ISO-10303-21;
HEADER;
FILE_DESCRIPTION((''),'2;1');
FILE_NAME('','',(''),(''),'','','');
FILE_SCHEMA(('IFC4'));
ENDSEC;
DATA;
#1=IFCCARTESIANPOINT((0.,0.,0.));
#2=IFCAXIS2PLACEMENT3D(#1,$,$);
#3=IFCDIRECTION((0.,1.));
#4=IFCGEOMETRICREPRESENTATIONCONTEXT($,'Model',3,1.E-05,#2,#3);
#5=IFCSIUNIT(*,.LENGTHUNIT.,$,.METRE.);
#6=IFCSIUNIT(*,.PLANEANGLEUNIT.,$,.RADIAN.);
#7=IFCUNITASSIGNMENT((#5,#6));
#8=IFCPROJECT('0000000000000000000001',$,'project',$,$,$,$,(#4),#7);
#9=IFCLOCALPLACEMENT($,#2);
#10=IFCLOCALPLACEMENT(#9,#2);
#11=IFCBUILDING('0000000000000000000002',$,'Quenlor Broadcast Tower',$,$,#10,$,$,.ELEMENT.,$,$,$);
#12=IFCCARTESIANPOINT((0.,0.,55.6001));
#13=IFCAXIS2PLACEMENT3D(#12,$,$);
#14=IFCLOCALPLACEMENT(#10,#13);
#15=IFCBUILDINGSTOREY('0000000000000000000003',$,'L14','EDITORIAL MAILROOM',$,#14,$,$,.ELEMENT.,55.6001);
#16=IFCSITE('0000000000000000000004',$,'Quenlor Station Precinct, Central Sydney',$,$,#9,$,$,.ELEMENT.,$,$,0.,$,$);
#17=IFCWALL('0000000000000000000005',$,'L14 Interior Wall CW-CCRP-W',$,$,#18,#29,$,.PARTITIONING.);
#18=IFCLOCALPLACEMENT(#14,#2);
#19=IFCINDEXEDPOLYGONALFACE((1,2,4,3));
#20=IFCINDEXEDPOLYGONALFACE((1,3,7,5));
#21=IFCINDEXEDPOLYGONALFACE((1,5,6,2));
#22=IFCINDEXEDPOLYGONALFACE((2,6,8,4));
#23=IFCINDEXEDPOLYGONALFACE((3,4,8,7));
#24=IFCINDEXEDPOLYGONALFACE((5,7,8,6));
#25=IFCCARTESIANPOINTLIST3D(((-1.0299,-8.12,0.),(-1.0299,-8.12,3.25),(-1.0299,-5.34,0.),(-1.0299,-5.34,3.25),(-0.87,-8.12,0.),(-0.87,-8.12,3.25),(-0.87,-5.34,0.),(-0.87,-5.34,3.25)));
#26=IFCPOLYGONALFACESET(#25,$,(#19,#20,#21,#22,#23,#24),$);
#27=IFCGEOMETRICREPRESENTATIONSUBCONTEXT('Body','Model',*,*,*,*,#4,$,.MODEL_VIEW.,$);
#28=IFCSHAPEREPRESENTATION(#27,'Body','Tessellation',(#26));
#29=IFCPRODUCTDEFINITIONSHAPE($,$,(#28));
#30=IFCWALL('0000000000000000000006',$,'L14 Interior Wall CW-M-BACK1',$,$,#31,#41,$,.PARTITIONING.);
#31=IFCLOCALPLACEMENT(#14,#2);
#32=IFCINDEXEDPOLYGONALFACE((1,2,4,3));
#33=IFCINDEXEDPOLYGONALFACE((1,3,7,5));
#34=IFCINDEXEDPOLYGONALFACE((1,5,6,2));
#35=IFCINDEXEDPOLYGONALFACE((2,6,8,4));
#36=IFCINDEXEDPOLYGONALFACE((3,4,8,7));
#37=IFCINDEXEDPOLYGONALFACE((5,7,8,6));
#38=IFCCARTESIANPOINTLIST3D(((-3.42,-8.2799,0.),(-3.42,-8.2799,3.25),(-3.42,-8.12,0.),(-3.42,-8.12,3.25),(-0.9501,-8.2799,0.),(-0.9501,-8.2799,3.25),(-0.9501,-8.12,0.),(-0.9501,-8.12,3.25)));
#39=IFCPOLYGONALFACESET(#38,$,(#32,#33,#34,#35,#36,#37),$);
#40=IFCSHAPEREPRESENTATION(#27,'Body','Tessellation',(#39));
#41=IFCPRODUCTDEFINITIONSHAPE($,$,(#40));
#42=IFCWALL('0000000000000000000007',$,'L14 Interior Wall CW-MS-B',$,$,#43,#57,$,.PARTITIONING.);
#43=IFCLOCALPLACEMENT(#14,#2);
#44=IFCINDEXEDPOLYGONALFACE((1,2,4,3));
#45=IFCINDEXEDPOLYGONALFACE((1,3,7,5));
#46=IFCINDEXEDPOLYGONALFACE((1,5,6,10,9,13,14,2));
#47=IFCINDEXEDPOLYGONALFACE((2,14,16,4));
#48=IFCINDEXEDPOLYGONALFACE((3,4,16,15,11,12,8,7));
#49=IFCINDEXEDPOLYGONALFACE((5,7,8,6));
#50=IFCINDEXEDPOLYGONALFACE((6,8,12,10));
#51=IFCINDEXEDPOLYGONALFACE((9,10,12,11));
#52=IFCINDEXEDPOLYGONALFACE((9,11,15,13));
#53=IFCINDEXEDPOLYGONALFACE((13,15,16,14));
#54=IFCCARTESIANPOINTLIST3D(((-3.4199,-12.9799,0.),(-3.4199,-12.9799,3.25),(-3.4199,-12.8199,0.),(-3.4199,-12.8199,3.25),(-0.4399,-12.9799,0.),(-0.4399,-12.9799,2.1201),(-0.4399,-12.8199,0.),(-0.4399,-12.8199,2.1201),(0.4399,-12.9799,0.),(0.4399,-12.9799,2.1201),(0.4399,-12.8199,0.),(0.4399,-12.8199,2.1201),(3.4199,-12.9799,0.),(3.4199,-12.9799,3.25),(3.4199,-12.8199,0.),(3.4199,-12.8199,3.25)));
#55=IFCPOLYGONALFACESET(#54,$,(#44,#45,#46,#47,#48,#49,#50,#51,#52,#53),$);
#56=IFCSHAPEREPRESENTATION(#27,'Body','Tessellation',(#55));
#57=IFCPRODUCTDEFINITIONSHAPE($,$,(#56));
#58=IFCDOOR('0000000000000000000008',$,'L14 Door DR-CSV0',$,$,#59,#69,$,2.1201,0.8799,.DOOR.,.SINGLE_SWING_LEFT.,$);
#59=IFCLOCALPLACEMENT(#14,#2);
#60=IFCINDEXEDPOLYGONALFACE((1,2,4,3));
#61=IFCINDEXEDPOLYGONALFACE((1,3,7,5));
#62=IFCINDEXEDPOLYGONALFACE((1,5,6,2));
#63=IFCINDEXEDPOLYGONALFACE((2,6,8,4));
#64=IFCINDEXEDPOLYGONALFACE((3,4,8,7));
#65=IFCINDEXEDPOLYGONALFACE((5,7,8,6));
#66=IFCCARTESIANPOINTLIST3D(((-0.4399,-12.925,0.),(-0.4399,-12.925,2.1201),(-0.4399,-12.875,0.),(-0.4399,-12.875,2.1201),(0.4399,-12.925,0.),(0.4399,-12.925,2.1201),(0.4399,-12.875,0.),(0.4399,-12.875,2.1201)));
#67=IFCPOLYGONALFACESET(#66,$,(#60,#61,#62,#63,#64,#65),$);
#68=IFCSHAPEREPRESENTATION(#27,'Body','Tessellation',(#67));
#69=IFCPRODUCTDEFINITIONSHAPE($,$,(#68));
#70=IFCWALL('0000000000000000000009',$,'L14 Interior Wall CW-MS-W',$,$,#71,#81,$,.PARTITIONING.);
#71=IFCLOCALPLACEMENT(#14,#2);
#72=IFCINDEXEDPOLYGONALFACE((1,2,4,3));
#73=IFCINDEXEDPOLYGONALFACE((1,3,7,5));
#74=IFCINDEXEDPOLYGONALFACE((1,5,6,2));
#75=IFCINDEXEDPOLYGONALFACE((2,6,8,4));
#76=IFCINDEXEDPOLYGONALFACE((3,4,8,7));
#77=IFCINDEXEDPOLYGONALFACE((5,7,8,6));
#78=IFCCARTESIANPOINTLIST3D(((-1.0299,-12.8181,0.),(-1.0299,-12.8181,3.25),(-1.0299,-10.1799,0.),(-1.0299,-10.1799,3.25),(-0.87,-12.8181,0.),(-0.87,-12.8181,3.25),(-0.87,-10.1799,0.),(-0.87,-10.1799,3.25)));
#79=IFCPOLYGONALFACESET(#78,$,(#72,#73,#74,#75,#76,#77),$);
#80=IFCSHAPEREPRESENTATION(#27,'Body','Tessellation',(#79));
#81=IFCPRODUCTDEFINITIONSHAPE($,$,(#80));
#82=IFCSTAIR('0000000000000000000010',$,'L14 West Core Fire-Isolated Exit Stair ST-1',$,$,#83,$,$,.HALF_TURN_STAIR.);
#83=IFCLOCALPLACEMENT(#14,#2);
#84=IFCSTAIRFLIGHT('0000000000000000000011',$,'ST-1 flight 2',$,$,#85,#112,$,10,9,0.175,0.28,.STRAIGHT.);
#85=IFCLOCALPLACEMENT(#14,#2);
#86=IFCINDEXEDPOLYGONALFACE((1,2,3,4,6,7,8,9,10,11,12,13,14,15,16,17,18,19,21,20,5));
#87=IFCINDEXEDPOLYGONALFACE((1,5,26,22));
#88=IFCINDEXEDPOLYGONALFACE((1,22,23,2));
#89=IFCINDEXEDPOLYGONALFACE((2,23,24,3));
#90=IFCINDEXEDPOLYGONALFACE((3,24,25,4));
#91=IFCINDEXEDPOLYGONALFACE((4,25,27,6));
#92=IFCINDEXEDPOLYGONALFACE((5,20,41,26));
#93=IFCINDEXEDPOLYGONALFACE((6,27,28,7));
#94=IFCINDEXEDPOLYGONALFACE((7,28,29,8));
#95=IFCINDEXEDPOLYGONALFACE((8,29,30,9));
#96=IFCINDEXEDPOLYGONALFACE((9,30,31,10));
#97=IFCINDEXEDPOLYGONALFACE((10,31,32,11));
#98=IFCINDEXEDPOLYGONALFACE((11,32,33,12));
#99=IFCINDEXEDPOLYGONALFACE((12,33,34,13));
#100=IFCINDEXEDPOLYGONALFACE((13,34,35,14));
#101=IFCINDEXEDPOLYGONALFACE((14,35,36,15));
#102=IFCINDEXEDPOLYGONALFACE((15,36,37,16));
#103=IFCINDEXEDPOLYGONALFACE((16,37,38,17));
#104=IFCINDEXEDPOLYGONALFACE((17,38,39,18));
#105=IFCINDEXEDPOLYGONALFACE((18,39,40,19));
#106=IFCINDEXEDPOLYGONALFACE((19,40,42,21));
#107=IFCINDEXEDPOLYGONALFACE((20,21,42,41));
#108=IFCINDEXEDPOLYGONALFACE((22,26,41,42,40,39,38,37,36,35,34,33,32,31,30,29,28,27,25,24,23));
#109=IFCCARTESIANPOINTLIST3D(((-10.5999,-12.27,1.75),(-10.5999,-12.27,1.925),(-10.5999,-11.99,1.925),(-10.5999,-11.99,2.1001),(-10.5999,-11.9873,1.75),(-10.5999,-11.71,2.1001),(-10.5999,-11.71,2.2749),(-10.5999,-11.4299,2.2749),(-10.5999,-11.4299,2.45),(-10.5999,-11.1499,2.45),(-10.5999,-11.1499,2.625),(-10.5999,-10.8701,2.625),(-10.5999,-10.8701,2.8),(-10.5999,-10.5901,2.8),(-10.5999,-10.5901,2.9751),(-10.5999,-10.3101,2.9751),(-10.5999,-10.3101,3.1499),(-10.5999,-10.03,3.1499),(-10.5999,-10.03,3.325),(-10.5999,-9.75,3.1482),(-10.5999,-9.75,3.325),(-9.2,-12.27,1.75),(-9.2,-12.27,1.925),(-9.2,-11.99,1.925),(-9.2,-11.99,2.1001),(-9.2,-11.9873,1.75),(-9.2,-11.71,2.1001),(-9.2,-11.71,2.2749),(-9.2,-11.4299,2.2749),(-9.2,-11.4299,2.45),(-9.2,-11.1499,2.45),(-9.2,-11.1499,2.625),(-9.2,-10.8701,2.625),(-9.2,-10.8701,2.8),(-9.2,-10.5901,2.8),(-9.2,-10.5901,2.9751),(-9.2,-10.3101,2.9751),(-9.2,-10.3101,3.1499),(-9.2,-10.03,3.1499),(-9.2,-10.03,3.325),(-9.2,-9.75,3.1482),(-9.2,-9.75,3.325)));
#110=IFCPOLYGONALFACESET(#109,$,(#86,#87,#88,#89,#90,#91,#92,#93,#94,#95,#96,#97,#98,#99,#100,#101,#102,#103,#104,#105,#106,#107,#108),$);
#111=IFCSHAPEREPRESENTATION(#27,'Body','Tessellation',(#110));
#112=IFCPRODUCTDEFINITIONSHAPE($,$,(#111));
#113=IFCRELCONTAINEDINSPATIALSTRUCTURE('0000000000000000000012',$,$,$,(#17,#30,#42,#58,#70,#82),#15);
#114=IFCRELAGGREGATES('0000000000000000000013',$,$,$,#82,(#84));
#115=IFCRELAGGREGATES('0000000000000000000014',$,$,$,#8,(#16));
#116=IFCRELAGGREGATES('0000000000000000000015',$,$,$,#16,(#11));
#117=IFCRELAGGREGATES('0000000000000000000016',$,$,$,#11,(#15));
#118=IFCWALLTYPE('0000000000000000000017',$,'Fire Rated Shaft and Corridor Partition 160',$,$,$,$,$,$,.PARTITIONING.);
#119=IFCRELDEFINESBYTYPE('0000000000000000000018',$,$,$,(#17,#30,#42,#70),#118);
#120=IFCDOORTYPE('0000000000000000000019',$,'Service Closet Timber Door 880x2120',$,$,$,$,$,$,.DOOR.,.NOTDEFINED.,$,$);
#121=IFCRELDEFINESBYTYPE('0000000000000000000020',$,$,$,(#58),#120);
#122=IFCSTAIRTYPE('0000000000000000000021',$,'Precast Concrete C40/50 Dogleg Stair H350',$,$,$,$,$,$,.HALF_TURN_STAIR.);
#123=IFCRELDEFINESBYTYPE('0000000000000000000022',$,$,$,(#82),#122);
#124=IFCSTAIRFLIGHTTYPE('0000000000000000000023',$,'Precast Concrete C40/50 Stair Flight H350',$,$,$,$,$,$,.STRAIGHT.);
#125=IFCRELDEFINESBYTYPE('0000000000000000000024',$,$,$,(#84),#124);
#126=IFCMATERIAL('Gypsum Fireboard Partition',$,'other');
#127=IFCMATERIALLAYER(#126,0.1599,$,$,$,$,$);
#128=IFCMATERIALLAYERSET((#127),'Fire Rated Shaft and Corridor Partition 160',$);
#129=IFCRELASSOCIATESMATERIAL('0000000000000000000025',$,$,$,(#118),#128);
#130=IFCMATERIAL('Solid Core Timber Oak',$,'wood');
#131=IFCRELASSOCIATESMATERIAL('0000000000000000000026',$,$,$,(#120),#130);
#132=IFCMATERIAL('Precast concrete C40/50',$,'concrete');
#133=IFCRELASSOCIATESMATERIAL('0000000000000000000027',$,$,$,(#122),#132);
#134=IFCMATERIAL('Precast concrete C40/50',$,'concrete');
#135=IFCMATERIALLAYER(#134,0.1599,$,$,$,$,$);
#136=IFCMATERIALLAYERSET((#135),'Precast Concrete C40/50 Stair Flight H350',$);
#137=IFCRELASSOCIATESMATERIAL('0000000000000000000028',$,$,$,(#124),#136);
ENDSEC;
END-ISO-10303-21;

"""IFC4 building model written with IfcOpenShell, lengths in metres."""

from ifc_helpers import new_model, si_unit, direction, frame, frame_2d, origin, place, context, subcontext, project, spatial, polyline, rectangle, outline, extrude, material, layer, layer_set, type_object, element, fill, aggregate, save


model = new_model("IFC4")

# Units and contexts
model_context = context("Model", 3, precision=1e-05, world=origin(), true_north=direction((0.0, 1.0)))
body_context = subcontext(model_context, "Body", "Model", "MODEL_VIEW")
ifc_project = project(units=[si_unit("LENGTHUNIT", "METRE"), si_unit("PLANEANGLEUNIT", "RADIAN")], contexts=[model_context])

# Site, building, storey
site_placement = place(None, origin())
site = spatial("IfcSite", under=ifc_project, at=site_placement, Name="Quenlor Station Precinct, Central Sydney", CompositionType="ELEMENT", RefElevation=0.0)
building_placement = place(site_placement, origin())
building = spatial("IfcBuilding", under=site, at=building_placement, Name="Quenlor Broadcast Tower", CompositionType="ELEMENT")
storey_placement = place(building_placement, frame((0.0, 0.0, 55.6001)))
storey = spatial("IfcBuildingStorey", under=building, at=storey_placement, Name="L14", Description="EDITORIAL MAILROOM", CompositionType="ELEMENT", Elevation=55.6001)

# Walls
ifc_material_1 = material(Name="Gypsum Fireboard Partition", Category="other")
ifc_layer_1 = layer(ifc_material_1, 0.1599)
ifc_layer_set_1 = layer_set([ifc_layer_1], Name="Fire Rated Shaft and Corridor Partition 160")
wall_type_1 = type_object("IfcWallType", Name="Fire Rated Shaft and Corridor Partition 160", PredefinedType="PARTITIONING", material=ifc_layer_set_1)
wall_1_placement = place(storey_placement, frame((-0.95, -8.1201, 0.0), z_axis=(0.0, 0.0, 1.0), x_axis=(0.0, 1.0, 0.0)))
element("IfcWall", 1, at=wall_1_placement, inside=storey, type_object=wall_type_1, Name="L14 Interior Wall CW-CCRP-W", PredefinedType="PARTITIONING", context=body_context, shape_type="SweptSolid", body=[
    extrude(rectangle(XDim=2.78, YDim=0.1599, at=frame_2d((1.3901, 0.0))), origin(), (0.0, 0.0, 1.0), 3.25),
])
wall_2_placement = place(storey_placement, frame((-3.4199, -8.2, 0.0), z_axis=(0.0, 0.0, 1.0), x_axis=(1.0, 0.0, 0.0)))
element("IfcWall", 2, at=wall_2_placement, inside=storey, type_object=wall_type_1, Name="L14 Interior Wall CW-M-BACK1", PredefinedType="PARTITIONING", context=body_context, shape_type="SweptSolid", body=[
    extrude(rectangle(XDim=2.47, YDim=0.1599, at=frame_2d((1.2349, 0.0))), origin(), (0.0, 0.0, 1.0), 3.25),
])

# Wall, opening, door
wall_3_placement = place(storey_placement, frame((-3.4199, -12.8999, 0.0), z_axis=(0.0, 0.0, 1.0), x_axis=(1.0, 0.0, 0.0)))
wall_3 = element("IfcWall", 3, at=wall_3_placement, inside=storey, type_object=wall_type_1, Name="L14 Interior Wall CW-MS-B", PredefinedType="PARTITIONING", context=body_context, shape_type="SweptSolid", body=[
    extrude(rectangle(XDim=6.8398, YDim=0.1599, at=frame_2d((3.4199, 0.0))), origin(), (0.0, 0.0, 1.0), 3.25),
])
opening_1_placement = place(wall_3_placement, frame((2.98, 0.0, 0.0)))
opening_1 = element("IfcOpeningElement", 4, at=opening_1_placement, cuts=wall_3, PredefinedType="OPENING", context=body_context, shape_type="SweptSolid", body=[
    extrude(rectangle(XDim=0.8799, YDim=2.1201, at=frame_2d((0.4399, 1.0601))), frame((0.0, 0.0898, 0.0), z_axis=(0.0, -1.0, 0.0), x_axis=(1.0, 0.0, 0.0)), (0.0, 0.0, 1.0), 0.1799),
])
ifc_material_2 = material(Name="Solid Core Timber Oak", Category="wood")
door_type_1 = type_object("IfcDoorType", Name="Service Closet Timber Door 880x2120", OperationType="NOTDEFINED", PredefinedType="DOOR", material=ifc_material_2)
door_1_placement = place(opening_1_placement, origin())
door_1 = element("IfcDoor", 5, at=door_1_placement, inside=storey, type_object=door_type_1, Name="L14 Door DR-CSV0", OperationType="SINGLE_SWING_LEFT", OverallHeight=2.1201, OverallWidth=0.8799, PredefinedType="DOOR", context=body_context, shape_type="SweptSolid", body=[
    extrude(rectangle(XDim=0.8799, YDim=2.1201, at=frame_2d((0.4399, 1.0601))), frame((0.0, 0.0249, 0.0), z_axis=(0.0, -1.0, 0.0), x_axis=(1.0, 0.0, 0.0)), (0.0, 0.0, 1.0), 0.05),
])
fill(opening_1, door_1)

# Wall
wall_4_placement = place(storey_placement, frame((-0.95, -12.8181, 0.0), z_axis=(0.0, 0.0, 1.0), x_axis=(0.0, 1.0, 0.0)))
element("IfcWall", 6, at=wall_4_placement, inside=storey, type_object=wall_type_1, Name="L14 Interior Wall CW-MS-W", PredefinedType="PARTITIONING", context=body_context, shape_type="SweptSolid", body=[
    extrude(rectangle(XDim=2.6382, YDim=0.1599, at=frame_2d((1.3191, 0.0))), origin(), (0.0, 0.0, 1.0), 3.25),
])

# Stair, stair flight
ifc_material_3 = material(Name="Precast concrete C40/50", Category="concrete")
stair_type = type_object("IfcStairType", Name="Precast Concrete C40/50 Dogleg Stair H350", PredefinedType="HALF_TURN_STAIR", material=ifc_material_3)
stair_placement = place(storey_placement, origin())
stair = element("IfcStair", 7, at=stair_placement, inside=storey, type_object=stair_type, Name="L14 West Core Fire-Isolated Exit Stair ST-1", PredefinedType="HALF_TURN_STAIR")
ifc_material_4 = material(Name="Precast concrete C40/50", Category="concrete")
ifc_layer_2 = layer(ifc_material_4, 0.1599)
ifc_layer_set_2 = layer_set([ifc_layer_2], Name="Precast Concrete C40/50 Stair Flight H350")
stair_flight_type = type_object("IfcStairFlightType", Name="Precast Concrete C40/50 Stair Flight H350", PredefinedType="STRAIGHT", material=ifc_layer_set_2)
stair_flight_placement = place(storey_placement, frame((-9.8999, -12.27, 1.75), z_axis=(0.0, 0.0, 1.0), x_axis=(0.0, 1.0, 0.0)))
stair_flight = element("IfcStairFlight", 8, at=stair_flight_placement, type_object=stair_flight_type, Name="ST-1 flight 2", NumberOfRisers=10, NumberOfTreads=9, PredefinedType="STRAIGHT", RiserHeight=0.175, TreadLength=0.28, context=body_context, shape_type="SweptSolid", body=[
    extrude(outline(polyline([(0.0, 0.0), (0.0, 0.175), (0.28, 0.175), (0.28, 0.3501), (0.5601, 0.3501), (0.5601, 0.5249), (0.8401, 0.5249), (0.8401, 0.7), (1.1201, 0.7), (1.1201, 0.875), (1.3999, 0.875), (1.3999, 1.05), (1.6799, 1.05), (1.6799, 1.2251), (1.96, 1.2251), (1.96, 1.3999), (2.24, 1.3999), (2.24, 1.575), (2.52, 1.575), (2.52, 1.75), (2.52, 1.3982), (0.2827, 0.0), (0.0, 0.0)])), frame((0.0, 0.7, 0.0), z_axis=(0.0, -1.0, 0.0), x_axis=(1.0, 0.0, 0.0)), (0.0, 0.0, 1.0), 1.3999),
])
aggregate(stair, [stair_flight])

save(model, "model.ifc")
